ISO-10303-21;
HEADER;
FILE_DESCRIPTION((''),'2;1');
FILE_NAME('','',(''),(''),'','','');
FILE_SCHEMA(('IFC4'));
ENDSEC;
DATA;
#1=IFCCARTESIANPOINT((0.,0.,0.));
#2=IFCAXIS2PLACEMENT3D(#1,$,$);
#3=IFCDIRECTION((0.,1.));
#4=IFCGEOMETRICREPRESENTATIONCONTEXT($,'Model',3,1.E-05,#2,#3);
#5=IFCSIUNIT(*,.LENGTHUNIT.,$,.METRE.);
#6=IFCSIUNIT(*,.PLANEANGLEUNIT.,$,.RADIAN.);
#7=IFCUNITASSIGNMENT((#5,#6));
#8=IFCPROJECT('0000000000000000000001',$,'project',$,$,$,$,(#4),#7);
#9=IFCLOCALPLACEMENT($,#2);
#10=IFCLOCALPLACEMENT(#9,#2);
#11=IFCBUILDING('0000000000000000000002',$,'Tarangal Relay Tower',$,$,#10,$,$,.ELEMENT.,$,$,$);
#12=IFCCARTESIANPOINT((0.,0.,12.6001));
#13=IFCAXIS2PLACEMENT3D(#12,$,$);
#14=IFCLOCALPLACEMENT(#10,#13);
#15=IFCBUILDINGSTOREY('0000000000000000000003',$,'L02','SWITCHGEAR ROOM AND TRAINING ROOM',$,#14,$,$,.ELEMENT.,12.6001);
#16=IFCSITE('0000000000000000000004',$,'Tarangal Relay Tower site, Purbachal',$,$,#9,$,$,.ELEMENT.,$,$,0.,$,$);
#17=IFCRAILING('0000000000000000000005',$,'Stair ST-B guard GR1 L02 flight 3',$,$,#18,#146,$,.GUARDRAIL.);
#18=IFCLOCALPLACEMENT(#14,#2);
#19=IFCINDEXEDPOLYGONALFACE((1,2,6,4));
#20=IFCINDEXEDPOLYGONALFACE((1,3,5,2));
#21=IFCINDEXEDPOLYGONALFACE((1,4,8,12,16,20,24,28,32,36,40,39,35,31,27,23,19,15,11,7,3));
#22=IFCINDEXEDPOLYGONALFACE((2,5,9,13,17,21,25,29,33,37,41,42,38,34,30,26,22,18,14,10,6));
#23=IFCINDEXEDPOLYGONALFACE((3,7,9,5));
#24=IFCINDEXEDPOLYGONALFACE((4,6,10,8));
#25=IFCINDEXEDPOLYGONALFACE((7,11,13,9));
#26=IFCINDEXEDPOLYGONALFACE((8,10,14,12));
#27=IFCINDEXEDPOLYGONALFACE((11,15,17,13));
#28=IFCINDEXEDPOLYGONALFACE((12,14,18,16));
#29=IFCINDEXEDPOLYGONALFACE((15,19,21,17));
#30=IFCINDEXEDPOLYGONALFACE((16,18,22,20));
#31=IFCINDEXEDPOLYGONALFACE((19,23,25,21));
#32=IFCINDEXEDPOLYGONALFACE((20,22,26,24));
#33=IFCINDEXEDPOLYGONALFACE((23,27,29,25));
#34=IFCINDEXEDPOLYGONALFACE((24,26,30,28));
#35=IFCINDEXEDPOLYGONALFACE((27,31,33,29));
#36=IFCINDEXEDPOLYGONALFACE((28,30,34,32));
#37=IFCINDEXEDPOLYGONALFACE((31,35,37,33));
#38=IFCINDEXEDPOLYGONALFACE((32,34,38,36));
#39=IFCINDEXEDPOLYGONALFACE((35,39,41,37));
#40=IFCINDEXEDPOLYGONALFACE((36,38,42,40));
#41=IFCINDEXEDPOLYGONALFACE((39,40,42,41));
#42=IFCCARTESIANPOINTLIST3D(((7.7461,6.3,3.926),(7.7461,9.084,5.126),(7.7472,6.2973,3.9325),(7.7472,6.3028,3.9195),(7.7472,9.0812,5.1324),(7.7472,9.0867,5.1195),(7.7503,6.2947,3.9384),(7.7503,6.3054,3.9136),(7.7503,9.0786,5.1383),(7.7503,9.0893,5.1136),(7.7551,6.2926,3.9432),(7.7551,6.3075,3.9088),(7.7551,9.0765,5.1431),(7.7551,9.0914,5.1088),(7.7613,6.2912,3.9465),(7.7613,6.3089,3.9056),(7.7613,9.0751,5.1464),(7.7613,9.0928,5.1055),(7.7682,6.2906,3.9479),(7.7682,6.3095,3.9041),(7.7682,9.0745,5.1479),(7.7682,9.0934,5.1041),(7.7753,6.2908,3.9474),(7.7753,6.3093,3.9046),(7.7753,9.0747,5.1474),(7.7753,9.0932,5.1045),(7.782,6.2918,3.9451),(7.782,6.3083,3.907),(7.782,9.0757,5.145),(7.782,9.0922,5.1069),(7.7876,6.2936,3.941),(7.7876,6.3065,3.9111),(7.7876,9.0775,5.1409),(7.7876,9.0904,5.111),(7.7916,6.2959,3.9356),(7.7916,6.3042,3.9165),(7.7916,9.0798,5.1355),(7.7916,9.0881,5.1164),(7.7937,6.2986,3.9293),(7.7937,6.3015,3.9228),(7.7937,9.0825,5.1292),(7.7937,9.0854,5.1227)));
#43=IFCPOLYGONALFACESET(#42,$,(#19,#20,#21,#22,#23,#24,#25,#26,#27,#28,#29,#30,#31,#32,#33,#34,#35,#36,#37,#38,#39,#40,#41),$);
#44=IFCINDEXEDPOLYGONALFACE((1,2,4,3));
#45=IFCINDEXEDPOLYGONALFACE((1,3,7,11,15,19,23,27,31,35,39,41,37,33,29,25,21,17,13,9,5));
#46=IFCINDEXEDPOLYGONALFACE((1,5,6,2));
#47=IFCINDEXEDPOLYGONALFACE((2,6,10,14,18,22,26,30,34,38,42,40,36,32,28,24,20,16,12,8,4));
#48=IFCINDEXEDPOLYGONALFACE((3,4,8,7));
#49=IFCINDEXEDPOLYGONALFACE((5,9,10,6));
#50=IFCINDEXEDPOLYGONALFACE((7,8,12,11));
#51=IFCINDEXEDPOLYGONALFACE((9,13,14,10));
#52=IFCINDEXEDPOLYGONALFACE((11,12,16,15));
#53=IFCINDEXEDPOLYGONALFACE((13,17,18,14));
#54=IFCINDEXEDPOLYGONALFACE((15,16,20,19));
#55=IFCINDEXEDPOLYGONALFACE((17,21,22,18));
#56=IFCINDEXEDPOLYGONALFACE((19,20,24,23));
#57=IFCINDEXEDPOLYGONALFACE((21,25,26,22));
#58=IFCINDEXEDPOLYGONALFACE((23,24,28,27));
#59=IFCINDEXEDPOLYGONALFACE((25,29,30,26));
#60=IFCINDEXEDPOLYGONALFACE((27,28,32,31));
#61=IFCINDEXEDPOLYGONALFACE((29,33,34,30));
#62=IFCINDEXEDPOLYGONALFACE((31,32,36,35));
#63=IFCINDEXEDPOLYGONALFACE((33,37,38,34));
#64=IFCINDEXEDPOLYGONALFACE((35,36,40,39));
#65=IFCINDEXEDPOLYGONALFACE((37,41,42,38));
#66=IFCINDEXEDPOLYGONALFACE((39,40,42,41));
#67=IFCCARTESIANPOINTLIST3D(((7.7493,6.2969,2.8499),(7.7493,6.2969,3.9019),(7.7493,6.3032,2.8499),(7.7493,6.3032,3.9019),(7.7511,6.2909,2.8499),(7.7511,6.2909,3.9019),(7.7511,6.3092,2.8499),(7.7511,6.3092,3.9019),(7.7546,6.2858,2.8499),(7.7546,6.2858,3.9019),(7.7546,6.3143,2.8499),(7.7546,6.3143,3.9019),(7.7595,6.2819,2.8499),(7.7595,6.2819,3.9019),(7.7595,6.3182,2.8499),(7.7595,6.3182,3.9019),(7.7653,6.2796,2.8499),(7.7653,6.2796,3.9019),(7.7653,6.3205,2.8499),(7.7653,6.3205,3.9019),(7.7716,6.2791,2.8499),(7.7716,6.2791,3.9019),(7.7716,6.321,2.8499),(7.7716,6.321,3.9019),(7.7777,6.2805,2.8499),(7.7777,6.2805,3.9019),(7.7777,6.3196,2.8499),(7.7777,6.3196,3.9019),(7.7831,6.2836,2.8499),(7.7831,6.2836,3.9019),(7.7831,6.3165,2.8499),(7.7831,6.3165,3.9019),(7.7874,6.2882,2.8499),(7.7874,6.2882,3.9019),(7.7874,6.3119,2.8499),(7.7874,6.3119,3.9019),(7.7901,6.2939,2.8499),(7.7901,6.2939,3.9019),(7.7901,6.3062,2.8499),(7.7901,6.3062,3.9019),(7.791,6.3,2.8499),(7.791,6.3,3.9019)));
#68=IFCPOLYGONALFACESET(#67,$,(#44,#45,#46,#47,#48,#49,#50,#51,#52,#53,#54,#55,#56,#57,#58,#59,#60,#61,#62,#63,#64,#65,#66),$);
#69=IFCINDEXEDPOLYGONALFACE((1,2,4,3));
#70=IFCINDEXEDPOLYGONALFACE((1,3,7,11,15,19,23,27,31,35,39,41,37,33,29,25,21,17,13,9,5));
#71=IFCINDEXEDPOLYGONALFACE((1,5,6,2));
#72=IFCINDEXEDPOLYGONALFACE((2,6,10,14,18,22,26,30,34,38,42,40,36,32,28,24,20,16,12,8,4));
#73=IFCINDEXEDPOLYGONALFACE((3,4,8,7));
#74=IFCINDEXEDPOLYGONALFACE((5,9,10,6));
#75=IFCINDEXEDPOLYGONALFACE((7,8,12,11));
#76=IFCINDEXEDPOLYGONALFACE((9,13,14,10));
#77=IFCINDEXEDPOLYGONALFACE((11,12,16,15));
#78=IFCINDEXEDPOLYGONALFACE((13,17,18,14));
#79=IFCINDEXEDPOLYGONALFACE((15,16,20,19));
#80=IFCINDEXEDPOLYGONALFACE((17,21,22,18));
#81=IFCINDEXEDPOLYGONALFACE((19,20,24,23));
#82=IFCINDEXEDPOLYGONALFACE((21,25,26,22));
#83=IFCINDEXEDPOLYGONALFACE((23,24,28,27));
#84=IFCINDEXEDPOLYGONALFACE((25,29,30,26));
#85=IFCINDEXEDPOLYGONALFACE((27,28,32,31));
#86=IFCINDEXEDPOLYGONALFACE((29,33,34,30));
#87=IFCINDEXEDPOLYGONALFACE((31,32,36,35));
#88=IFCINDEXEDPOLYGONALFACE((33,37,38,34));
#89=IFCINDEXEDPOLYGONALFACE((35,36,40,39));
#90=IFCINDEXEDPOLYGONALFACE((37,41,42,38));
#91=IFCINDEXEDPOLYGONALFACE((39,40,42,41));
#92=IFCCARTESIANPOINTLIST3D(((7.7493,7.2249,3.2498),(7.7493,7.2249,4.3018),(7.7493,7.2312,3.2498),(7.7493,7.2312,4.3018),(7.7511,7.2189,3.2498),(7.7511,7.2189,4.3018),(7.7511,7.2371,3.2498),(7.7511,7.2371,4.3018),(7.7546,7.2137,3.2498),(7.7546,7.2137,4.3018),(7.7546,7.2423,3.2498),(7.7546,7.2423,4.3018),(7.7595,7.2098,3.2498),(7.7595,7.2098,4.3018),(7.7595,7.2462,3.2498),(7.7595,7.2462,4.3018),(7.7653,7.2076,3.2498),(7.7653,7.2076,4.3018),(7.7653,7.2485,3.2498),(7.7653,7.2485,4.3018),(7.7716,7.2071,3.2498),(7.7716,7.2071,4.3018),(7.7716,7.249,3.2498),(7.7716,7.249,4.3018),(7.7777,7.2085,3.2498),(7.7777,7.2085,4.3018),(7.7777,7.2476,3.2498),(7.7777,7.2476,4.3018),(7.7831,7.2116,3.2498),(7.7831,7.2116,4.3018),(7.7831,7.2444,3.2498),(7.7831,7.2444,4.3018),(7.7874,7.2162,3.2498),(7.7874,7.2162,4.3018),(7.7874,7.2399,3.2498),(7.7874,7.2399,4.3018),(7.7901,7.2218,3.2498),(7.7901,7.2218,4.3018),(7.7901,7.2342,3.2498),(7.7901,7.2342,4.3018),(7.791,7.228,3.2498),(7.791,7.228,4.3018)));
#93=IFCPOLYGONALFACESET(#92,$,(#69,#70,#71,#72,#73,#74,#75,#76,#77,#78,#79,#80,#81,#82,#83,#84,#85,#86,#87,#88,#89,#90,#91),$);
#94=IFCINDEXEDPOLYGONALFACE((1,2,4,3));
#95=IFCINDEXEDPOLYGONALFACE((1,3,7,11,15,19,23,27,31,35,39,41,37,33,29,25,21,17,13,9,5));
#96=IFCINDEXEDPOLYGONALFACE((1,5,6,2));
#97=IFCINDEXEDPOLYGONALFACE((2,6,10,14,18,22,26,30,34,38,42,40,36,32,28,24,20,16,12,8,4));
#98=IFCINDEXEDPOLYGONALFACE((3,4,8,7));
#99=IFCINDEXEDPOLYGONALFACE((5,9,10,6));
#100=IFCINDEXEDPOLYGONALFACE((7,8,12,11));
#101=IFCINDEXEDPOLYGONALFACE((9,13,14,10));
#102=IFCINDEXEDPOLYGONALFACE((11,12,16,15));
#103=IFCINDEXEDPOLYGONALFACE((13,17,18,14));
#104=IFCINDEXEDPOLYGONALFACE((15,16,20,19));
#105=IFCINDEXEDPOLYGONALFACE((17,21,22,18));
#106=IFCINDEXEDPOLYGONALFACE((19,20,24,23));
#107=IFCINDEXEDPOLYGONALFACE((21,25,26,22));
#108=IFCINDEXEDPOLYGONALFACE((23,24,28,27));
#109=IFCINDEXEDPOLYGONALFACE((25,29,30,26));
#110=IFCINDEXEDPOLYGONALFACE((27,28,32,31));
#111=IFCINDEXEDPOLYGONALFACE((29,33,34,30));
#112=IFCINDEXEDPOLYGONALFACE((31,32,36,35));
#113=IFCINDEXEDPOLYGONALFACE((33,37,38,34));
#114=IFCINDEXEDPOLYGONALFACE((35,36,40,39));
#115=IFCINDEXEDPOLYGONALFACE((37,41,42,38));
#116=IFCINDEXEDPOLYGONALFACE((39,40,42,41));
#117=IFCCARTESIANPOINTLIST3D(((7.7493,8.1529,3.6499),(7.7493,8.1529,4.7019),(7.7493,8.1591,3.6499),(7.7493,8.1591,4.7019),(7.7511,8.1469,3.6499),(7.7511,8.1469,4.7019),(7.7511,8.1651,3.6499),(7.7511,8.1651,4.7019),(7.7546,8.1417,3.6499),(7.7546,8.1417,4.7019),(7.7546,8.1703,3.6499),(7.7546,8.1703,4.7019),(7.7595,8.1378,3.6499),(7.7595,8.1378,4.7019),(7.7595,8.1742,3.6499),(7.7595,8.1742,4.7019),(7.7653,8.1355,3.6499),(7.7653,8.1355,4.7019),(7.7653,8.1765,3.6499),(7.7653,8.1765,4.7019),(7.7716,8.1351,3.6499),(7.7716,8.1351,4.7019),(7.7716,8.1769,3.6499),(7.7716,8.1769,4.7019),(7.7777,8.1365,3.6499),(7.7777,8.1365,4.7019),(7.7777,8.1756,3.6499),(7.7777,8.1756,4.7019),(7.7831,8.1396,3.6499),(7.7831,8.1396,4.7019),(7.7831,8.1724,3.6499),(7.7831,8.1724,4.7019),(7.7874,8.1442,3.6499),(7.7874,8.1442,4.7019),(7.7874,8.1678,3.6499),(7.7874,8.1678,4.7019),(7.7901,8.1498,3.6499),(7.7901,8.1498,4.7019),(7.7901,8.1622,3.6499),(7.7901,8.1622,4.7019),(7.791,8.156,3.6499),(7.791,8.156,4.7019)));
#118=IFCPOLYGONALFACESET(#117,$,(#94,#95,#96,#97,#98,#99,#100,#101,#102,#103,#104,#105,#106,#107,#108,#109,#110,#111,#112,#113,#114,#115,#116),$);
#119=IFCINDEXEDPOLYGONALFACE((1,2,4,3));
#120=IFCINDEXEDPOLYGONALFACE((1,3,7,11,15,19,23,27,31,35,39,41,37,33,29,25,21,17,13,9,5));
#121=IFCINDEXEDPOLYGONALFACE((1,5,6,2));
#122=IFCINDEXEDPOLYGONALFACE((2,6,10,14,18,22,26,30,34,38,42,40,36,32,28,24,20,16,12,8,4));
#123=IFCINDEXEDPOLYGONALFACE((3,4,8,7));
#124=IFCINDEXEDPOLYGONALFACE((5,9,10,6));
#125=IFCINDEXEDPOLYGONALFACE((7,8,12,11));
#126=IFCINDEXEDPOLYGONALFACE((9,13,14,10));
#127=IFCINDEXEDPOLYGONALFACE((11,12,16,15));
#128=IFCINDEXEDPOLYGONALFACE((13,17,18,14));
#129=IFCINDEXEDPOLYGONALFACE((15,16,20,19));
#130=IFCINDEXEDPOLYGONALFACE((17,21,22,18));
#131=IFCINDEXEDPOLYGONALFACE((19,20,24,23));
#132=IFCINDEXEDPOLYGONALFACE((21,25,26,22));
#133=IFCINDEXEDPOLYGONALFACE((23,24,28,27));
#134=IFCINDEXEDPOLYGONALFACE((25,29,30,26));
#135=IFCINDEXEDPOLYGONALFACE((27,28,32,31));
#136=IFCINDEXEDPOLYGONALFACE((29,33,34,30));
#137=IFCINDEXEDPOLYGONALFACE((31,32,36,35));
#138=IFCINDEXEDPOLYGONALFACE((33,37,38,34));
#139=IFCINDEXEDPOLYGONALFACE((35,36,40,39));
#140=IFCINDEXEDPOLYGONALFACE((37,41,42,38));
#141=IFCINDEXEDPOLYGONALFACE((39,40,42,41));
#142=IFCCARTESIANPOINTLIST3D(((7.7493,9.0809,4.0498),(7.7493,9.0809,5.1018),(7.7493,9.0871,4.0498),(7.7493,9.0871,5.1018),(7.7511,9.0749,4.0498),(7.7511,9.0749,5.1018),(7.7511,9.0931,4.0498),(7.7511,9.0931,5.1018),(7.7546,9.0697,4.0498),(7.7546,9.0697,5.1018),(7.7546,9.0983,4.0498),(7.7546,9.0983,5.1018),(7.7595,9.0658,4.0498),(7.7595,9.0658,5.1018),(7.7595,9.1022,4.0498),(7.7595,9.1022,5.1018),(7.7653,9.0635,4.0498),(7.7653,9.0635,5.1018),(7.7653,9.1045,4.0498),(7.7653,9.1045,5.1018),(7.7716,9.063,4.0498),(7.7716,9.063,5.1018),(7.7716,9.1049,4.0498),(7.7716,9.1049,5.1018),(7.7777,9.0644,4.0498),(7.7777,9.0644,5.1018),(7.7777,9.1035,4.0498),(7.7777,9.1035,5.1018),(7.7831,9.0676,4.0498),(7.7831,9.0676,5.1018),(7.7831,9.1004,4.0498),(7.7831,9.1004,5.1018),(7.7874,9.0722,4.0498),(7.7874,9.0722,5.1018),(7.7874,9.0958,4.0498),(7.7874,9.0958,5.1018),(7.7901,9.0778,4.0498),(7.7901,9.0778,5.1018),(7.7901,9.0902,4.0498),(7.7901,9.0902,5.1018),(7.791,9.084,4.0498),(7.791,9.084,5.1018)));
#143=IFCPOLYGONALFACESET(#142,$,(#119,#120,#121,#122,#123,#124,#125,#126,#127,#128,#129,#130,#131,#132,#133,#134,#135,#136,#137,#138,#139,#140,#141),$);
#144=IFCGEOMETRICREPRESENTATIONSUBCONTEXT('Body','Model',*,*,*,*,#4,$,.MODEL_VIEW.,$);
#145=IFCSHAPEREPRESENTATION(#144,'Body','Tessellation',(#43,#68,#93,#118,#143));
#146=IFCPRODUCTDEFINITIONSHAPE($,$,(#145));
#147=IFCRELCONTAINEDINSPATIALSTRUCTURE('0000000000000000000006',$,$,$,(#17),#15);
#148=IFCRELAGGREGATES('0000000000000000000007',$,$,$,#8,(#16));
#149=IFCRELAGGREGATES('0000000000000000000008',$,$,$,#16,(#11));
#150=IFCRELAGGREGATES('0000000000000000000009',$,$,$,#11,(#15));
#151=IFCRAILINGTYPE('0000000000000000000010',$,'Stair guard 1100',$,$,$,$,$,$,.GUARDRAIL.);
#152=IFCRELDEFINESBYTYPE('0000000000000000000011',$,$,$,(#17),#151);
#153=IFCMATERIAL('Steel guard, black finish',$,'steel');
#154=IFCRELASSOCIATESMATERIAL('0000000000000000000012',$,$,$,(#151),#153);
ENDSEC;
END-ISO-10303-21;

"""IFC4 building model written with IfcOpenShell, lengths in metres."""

from ifc_helpers import new_model, si_unit, direction, frame, origin, origin_2d, place, context, subcontext, project, spatial, circle, extrude, material, type_object, element, save


model = new_model("IFC4")

# Units and contexts
model_context = context("Model", 3, precision=1e-05, world=origin(), true_north=direction((0.0, 1.0)))
body_context = subcontext(model_context, "Body", "Model", "MODEL_VIEW")
ifc_project = project(units=[si_unit("LENGTHUNIT", "METRE"), si_unit("PLANEANGLEUNIT", "RADIAN")], contexts=[model_context])

# Site, building, storey
site_placement = place(None, origin())
site = spatial("IfcSite", under=ifc_project, at=site_placement, Name="Tarangal Relay Tower site, Purbachal", CompositionType="ELEMENT", RefElevation=0.0)
building_placement = place(site_placement, origin())
building = spatial("IfcBuilding", under=site, at=building_placement, Name="Tarangal Relay Tower", CompositionType="ELEMENT")
storey_placement = place(building_placement, frame((0.0, 0.0, 12.6001)))
storey = spatial("IfcBuildingStorey", under=building, at=storey_placement, Name="L02", Description="SWITCHGEAR ROOM AND TRAINING ROOM", CompositionType="ELEMENT", Elevation=12.6001)

# Railing
ifc_material_1 = material(Name="Steel guard, black finish", Category="steel")
railing_type_1 = type_object("IfcRailingType", Name="Stair guard 1100", PredefinedType="GUARDRAIL", material=ifc_material_1)
railing_1_placement = place(storey_placement, frame((7.77, 6.3, 2.8499)))
element("IfcRailing", 1, at=railing_1_placement, inside=storey, type_object=railing_type_1, Name="Stair ST-B guard GR1 L02 flight 3", PredefinedType="GUARDRAIL", context=body_context, shape_type="SweptSolid", body=[
    extrude(circle(Radius=0.0239, at=origin_2d()), frame((0.0, 0.0, 1.0762), z_axis=(0.0, 0.918327, 0.395823), x_axis=(-1.0, 0.0, 0.0)), (0.0, 0.0, 1.0), 3.0315),
    extrude(circle(Radius=0.021, at=origin_2d()), origin(), (0.0, 0.0, 1.0), 1.052),
    extrude(circle(Radius=0.021, at=origin_2d()), frame((0.0, 0.928, 0.3999)), (0.0, 0.0, 1.0), 1.052),
    extrude(circle(Radius=0.021, at=origin_2d()), frame((0.0, 1.856, 0.8)), (0.0, 0.0, 1.0), 1.052),
    extrude(circle(Radius=0.021, at=origin_2d()), frame((0.0, 2.7839, 1.2)), (0.0, 0.0, 1.0), 1.052),
])

save(model, "model.ifc")
